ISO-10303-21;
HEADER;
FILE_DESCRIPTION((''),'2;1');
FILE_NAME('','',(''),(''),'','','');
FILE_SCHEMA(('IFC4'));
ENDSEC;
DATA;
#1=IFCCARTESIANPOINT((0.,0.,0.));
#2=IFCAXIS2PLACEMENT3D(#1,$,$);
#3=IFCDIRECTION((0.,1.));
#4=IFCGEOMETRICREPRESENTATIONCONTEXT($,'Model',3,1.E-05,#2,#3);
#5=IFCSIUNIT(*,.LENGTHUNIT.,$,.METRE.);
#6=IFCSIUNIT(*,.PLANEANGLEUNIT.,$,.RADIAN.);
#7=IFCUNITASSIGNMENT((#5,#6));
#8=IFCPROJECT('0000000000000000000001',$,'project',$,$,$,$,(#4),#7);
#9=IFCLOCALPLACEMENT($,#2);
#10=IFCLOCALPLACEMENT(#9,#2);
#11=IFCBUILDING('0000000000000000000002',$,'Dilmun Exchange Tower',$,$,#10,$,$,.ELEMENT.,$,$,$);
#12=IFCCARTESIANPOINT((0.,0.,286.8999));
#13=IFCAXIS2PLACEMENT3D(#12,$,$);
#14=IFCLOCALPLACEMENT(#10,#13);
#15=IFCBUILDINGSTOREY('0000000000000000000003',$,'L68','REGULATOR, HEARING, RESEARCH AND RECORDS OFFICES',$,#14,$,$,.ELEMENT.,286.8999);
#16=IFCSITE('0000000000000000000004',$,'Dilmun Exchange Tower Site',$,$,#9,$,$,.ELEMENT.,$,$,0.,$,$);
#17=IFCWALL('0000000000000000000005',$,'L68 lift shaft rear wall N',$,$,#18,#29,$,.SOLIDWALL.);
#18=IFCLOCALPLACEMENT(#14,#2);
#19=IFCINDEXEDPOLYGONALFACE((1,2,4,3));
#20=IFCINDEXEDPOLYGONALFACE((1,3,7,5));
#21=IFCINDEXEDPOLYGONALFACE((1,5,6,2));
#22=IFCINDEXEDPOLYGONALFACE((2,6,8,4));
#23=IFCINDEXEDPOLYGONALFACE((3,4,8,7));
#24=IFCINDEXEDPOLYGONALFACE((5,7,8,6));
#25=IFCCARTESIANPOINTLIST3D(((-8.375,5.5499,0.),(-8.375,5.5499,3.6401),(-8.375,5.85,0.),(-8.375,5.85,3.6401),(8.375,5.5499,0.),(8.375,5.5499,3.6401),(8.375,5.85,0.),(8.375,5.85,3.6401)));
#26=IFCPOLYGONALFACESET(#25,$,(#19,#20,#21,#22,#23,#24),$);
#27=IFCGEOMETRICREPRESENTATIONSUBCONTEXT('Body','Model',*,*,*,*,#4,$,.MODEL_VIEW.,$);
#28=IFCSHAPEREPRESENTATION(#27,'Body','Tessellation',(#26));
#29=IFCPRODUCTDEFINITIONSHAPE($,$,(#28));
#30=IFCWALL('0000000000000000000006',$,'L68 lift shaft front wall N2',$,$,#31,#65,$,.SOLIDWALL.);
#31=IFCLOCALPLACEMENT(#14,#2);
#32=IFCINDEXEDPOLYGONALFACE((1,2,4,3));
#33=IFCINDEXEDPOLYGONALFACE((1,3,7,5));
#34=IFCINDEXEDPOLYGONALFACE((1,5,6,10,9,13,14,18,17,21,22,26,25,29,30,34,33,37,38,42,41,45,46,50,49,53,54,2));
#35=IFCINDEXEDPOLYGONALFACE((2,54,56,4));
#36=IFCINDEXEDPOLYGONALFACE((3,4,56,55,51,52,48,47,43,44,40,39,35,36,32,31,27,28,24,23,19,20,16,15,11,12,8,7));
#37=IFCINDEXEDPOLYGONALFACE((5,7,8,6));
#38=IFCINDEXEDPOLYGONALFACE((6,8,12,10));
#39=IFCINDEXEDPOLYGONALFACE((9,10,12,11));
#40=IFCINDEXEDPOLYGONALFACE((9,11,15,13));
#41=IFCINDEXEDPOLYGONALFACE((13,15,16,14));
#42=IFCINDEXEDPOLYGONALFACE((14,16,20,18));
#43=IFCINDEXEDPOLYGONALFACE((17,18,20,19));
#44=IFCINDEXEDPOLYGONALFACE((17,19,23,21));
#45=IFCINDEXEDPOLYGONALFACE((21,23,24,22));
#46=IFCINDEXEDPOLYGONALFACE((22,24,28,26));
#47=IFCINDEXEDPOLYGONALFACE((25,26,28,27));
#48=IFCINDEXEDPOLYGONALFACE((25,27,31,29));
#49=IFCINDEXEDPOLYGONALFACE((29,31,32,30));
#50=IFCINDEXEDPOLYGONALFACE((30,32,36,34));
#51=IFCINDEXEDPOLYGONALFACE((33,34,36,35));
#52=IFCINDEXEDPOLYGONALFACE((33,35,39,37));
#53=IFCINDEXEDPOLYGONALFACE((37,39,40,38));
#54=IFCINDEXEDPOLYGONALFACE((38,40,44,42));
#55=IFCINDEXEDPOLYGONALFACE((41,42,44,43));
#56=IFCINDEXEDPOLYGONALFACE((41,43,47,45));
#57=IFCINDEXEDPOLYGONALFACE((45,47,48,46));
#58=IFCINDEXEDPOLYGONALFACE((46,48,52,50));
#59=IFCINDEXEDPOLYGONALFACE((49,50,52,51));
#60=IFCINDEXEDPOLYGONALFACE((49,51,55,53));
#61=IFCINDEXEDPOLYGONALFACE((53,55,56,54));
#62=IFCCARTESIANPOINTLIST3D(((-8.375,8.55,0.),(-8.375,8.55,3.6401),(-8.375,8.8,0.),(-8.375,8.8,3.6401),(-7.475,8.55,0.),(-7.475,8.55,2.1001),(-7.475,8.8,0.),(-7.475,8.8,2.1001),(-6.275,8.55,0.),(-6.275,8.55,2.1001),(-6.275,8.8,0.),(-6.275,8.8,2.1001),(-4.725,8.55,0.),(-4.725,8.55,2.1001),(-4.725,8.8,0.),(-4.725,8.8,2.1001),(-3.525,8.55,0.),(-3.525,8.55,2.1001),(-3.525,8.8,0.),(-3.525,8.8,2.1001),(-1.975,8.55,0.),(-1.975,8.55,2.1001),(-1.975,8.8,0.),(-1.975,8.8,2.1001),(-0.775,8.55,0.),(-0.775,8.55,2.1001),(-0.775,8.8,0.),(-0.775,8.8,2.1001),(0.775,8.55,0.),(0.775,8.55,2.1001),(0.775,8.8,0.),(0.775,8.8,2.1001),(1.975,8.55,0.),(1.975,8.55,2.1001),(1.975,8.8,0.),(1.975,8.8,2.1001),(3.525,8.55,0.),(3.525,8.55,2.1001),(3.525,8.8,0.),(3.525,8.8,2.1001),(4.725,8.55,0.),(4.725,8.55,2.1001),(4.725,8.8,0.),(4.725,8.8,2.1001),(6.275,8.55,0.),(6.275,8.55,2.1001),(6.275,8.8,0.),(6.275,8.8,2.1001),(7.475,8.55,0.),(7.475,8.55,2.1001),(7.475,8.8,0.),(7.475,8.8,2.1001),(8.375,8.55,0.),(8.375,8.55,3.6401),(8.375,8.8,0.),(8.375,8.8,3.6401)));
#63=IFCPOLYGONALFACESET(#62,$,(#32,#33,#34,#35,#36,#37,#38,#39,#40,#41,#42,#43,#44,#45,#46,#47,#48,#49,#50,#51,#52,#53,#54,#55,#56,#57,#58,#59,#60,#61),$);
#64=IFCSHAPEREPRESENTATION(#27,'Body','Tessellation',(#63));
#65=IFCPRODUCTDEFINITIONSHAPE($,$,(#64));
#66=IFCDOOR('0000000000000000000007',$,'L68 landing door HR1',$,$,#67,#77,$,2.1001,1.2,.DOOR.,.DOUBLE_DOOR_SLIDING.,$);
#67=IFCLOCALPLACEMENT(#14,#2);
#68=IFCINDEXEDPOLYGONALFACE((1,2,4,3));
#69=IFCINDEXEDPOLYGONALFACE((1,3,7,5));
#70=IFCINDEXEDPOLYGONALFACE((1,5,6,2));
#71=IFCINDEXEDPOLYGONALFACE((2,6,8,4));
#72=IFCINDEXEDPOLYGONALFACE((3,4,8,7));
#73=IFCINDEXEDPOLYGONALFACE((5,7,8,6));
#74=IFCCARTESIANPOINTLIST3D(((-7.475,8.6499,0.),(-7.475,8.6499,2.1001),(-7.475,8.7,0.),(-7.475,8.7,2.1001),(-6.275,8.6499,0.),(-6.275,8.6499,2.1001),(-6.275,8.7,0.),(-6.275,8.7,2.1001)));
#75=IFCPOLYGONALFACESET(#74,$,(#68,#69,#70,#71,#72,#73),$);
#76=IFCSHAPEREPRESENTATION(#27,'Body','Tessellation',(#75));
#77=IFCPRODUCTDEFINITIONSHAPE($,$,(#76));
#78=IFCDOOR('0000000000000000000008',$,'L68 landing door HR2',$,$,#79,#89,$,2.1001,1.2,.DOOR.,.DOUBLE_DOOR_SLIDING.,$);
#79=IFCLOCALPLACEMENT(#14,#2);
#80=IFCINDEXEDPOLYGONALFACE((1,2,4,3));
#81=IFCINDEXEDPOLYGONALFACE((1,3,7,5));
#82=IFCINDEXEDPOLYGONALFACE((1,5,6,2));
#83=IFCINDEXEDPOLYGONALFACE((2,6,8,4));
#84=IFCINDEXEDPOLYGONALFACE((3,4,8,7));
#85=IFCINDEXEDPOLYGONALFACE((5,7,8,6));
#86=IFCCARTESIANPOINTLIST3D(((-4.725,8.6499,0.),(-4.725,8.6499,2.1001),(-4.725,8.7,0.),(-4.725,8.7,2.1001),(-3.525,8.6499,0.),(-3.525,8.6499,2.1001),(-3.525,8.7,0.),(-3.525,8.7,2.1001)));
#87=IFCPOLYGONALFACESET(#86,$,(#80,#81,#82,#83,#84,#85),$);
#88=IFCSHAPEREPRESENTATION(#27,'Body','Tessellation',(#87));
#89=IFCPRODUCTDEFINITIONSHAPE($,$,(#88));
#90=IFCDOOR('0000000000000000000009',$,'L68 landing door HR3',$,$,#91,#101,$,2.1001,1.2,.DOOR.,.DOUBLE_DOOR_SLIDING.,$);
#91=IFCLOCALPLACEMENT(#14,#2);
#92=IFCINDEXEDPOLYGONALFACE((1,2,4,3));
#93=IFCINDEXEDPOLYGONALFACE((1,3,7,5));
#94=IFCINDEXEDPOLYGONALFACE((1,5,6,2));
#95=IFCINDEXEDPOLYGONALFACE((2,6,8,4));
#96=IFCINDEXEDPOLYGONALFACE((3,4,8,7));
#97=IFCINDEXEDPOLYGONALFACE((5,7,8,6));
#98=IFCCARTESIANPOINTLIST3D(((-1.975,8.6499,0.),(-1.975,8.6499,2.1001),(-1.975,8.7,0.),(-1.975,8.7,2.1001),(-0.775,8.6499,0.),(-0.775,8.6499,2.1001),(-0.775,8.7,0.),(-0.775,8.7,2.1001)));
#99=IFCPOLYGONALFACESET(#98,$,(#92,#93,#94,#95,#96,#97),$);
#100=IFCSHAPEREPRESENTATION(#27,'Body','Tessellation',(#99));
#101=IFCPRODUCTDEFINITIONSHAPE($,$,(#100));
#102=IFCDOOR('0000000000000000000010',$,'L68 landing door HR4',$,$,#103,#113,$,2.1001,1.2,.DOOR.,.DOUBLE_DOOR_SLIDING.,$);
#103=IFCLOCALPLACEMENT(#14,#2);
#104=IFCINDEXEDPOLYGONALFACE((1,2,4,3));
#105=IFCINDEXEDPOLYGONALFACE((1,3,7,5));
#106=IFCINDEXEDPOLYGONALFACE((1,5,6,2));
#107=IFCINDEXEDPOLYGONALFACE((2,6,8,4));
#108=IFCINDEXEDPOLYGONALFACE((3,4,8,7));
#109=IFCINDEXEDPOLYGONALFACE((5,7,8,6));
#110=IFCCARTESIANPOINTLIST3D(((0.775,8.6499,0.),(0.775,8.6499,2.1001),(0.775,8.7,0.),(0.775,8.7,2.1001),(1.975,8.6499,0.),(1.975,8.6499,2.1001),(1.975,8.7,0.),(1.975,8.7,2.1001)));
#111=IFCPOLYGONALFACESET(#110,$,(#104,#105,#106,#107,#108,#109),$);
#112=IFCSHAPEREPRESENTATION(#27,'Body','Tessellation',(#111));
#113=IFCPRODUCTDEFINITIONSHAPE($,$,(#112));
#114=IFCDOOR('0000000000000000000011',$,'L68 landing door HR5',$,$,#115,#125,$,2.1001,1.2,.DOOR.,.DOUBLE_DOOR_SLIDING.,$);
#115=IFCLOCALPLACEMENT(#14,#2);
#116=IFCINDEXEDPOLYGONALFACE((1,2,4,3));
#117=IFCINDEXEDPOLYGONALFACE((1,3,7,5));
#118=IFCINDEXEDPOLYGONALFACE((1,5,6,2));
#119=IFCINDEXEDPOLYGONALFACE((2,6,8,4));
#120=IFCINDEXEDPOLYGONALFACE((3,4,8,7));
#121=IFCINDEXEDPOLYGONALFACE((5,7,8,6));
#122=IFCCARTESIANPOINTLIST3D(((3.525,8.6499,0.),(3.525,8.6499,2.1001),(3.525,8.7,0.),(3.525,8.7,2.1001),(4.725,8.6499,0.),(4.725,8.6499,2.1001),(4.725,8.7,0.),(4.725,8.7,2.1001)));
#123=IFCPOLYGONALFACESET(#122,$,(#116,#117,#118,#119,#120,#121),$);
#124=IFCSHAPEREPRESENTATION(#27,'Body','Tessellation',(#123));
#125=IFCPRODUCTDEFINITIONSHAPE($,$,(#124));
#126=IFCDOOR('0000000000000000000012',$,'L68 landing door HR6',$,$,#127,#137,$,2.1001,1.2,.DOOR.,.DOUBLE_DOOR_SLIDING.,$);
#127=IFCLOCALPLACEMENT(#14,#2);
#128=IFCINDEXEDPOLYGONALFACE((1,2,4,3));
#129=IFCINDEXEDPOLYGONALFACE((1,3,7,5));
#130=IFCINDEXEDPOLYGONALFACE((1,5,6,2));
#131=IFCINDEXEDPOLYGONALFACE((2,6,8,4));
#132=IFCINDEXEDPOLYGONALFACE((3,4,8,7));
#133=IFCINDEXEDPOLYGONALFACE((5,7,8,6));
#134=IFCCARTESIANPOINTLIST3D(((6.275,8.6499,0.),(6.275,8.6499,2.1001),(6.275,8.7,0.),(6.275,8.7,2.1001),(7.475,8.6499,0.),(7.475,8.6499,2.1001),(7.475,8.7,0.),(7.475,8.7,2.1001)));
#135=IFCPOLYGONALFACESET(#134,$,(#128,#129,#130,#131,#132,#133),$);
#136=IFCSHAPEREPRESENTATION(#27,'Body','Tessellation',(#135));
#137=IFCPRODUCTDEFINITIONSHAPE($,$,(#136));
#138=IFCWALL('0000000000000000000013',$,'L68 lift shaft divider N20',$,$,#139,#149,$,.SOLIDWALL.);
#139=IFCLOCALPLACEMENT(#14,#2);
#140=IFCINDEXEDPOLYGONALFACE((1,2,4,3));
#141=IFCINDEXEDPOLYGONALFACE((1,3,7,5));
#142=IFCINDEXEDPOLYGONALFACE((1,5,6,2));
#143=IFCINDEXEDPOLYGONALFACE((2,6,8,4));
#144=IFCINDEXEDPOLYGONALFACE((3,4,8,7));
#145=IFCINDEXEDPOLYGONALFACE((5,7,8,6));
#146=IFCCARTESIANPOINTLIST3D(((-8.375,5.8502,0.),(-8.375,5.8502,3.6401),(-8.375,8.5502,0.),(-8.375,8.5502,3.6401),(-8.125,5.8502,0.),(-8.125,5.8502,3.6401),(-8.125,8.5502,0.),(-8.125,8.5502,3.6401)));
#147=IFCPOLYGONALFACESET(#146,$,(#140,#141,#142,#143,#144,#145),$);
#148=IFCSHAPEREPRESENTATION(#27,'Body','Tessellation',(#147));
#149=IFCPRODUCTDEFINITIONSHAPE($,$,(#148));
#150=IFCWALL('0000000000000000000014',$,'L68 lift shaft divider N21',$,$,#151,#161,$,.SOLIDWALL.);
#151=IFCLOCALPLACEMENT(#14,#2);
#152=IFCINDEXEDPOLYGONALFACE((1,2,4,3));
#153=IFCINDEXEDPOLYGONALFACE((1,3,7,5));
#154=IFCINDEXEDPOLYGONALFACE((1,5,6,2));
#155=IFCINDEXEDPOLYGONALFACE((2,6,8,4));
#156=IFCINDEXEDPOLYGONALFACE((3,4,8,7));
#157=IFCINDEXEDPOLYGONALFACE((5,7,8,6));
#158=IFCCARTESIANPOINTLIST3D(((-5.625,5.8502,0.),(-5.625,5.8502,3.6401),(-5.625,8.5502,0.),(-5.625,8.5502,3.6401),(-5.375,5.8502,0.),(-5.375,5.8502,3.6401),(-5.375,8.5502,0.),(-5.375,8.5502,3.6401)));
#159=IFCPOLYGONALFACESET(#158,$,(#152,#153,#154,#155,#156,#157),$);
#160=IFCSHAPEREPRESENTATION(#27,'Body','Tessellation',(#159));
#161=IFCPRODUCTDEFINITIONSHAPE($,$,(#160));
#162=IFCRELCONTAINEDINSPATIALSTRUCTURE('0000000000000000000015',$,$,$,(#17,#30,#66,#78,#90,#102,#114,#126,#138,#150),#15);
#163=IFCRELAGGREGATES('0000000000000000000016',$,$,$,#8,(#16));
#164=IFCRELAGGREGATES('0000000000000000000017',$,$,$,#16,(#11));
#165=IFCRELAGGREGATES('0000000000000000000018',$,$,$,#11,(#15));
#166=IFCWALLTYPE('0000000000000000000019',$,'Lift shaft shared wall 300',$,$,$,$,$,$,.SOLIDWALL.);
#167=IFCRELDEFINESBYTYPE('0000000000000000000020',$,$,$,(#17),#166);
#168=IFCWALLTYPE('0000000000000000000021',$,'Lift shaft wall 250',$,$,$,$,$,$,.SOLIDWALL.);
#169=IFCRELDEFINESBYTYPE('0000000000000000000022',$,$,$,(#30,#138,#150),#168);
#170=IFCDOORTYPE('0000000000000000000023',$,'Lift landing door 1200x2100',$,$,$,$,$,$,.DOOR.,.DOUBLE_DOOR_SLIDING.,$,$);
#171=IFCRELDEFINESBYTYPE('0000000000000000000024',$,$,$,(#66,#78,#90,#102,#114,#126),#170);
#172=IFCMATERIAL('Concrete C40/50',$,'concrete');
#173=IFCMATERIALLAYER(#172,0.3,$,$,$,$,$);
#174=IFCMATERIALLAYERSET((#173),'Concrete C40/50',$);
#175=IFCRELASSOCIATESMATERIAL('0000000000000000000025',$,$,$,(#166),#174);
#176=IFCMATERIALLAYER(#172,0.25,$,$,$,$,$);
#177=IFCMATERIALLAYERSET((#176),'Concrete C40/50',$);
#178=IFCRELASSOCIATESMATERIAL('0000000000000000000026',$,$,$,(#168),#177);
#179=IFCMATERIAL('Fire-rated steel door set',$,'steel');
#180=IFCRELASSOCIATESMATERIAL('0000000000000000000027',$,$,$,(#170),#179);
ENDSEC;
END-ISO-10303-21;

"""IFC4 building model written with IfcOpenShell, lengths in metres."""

from ifc_helpers import new_model, si_unit, direction, frame, frame_2d, origin, place, context, subcontext, project, spatial, rectangle, extrude, material, layer, layer_set, type_object, element, fill, save


model = new_model("IFC4")

# Units and contexts
model_context = context("Model", 3, precision=1e-05, world=origin(), true_north=direction((0.0, 1.0)))
body_context = subcontext(model_context, "Body", "Model", "MODEL_VIEW")
ifc_project = project(units=[si_unit("LENGTHUNIT", "METRE"), si_unit("PLANEANGLEUNIT", "RADIAN")], contexts=[model_context])

# Site, building, storey
site_placement = place(None, origin())
site = spatial("IfcSite", under=ifc_project, at=site_placement, Name="Dilmun Exchange Tower Site", CompositionType="ELEMENT", RefElevation=0.0)
building_placement = place(site_placement, origin())
building = spatial("IfcBuilding", under=site, at=building_placement, Name="Dilmun Exchange Tower", CompositionType="ELEMENT")
storey_placement = place(building_placement, frame((0.0, 0.0, 286.8999)))
storey = spatial("IfcBuildingStorey", under=building, at=storey_placement, Name="L68", Description="REGULATOR, HEARING, RESEARCH AND RECORDS OFFICES", CompositionType="ELEMENT", Elevation=286.8999)

# Shared definitions
ifc_material_1 = material(Name="Concrete C40/50", Category="concrete")

# Shared definitions
ifc_material_2 = material(Name="Fire-rated steel door set", Category="steel")

# Wall
ifc_layer_1 = layer(ifc_material_1, 0.3)
ifc_layer_set_1 = layer_set([ifc_layer_1], Name="Concrete C40/50")
wall_type_1 = type_object("IfcWallType", Name="Lift shaft shared wall 300", PredefinedType="SOLIDWALL", material=ifc_layer_set_1)
wall_1_placement = place(storey_placement, frame((-8.375, 5.7, 0.0), z_axis=(0.0, 0.0, 1.0), x_axis=(1.0, 0.0, 0.0)))
element("IfcWall", 1, at=wall_1_placement, inside=storey, type_object=wall_type_1, Name="L68 lift shaft rear wall N", PredefinedType="SOLIDWALL", context=body_context, shape_type="SweptSolid", body=[
    extrude(rectangle(XDim=16.75, YDim=0.3, at=frame_2d((8.375, 0.0))), origin(), (0.0, 0.0, 1.0), 3.6401),
])

# Wall, openings, doors
ifc_layer_2 = layer(ifc_material_1, 0.25)
ifc_layer_set_2 = layer_set([ifc_layer_2], Name="Concrete C40/50")
wall_type_2 = type_object("IfcWallType", Name="Lift shaft wall 250", PredefinedType="SOLIDWALL", material=ifc_layer_set_2)
wall_2_placement = place(storey_placement, frame((-8.375, 8.675, 0.0), z_axis=(0.0, 0.0, 1.0), x_axis=(1.0, 0.0, 0.0)))
wall_2 = element("IfcWall", 2, at=wall_2_placement, inside=storey, type_object=wall_type_2, Name="L68 lift shaft front wall N2", PredefinedType="SOLIDWALL", context=body_context, shape_type="SweptSolid", body=[
    extrude(rectangle(XDim=16.75, YDim=0.25, at=frame_2d((8.375, 0.0))), origin(), (0.0, 0.0, 1.0), 3.6401),
])
opening_1_placement = place(wall_2_placement, frame((0.8999, 0.0, 0.0)))
opening_1 = element("IfcOpeningElement", 3, at=opening_1_placement, cuts=wall_2, PredefinedType="OPENING", context=body_context, shape_type="SweptSolid", body=[
    extrude(rectangle(XDim=1.2, YDim=2.1001, at=frame_2d((0.6001, 1.05))), frame((0.0, 0.135, 0.0), z_axis=(0.0, -1.0, 0.0), x_axis=(1.0, 0.0, 0.0)), (0.0, 0.0, 1.0), 0.27),
])
opening_2_placement = place(wall_2_placement, frame((3.6499, 0.0, 0.0)))
opening_2 = element("IfcOpeningElement", 4, at=opening_2_placement, cuts=wall_2, PredefinedType="OPENING", context=body_context, shape_type="SweptSolid", body=[
    extrude(rectangle(XDim=1.2, YDim=2.1001, at=frame_2d((0.6001, 1.05))), frame((0.0, 0.135, 0.0), z_axis=(0.0, -1.0, 0.0), x_axis=(1.0, 0.0, 0.0)), (0.0, 0.0, 1.0), 0.27),
])
opening_3_placement = place(wall_2_placement, frame((6.3999, 0.0, 0.0)))
opening_3 = element("IfcOpeningElement", 5, at=opening_3_placement, cuts=wall_2, PredefinedType="OPENING", context=body_context, shape_type="SweptSolid", body=[
    extrude(rectangle(XDim=1.2, YDim=2.1001, at=frame_2d((0.6001, 1.05))), frame((0.0, 0.135, 0.0), z_axis=(0.0, -1.0, 0.0), x_axis=(1.0, 0.0, 0.0)), (0.0, 0.0, 1.0), 0.27),
])
opening_4_placement = place(wall_2_placement, frame((9.1499, 0.0, 0.0)))
opening_4 = element("IfcOpeningElement", 6, at=opening_4_placement, cuts=wall_2, PredefinedType="OPENING", context=body_context, shape_type="SweptSolid", body=[
    extrude(rectangle(XDim=1.2, YDim=2.1001, at=frame_2d((0.6001, 1.05))), frame((0.0, 0.135, 0.0), z_axis=(0.0, -1.0, 0.0), x_axis=(1.0, 0.0, 0.0)), (0.0, 0.0, 1.0), 0.27),
])
opening_5_placement = place(wall_2_placement, frame((11.8999, 0.0, 0.0)))
opening_5 = element("IfcOpeningElement", 7, at=opening_5_placement, cuts=wall_2, PredefinedType="OPENING", context=body_context, shape_type="SweptSolid", body=[
    extrude(rectangle(XDim=1.2, YDim=2.1001, at=frame_2d((0.6001, 1.05))), frame((0.0, 0.135, 0.0), z_axis=(0.0, -1.0, 0.0), x_axis=(1.0, 0.0, 0.0)), (0.0, 0.0, 1.0), 0.27),
])
opening_6_placement = place(wall_2_placement, frame((14.6499, 0.0, 0.0)))
opening_6 = element("IfcOpeningElement", 8, at=opening_6_placement, cuts=wall_2, PredefinedType="OPENING", context=body_context, shape_type="SweptSolid", body=[
    extrude(rectangle(XDim=1.2, YDim=2.1001, at=frame_2d((0.6001, 1.05))), frame((0.0, 0.135, 0.0), z_axis=(0.0, -1.0, 0.0), x_axis=(1.0, 0.0, 0.0)), (0.0, 0.0, 1.0), 0.27),
])
door_type_1 = type_object("IfcDoorType", Name="Lift landing door 1200x2100", OperationType="DOUBLE_DOOR_SLIDING", PredefinedType="DOOR", material=ifc_material_2)
door_1_placement = place(opening_1_placement, origin())
door_1 = element("IfcDoor", 9, at=door_1_placement, inside=storey, type_object=door_type_1, Name="L68 landing door HR1", OperationType="DOUBLE_DOOR_SLIDING", OverallHeight=2.1001, OverallWidth=1.2, PredefinedType="DOOR", context=body_context, shape_type="SweptSolid", body=[
    extrude(rectangle(XDim=1.2, YDim=2.1001, at=frame_2d((0.6001, 1.05))), frame((0.0, 0.0249, 0.0), z_axis=(0.0, -1.0, 0.0), x_axis=(1.0, 0.0, 0.0)), (0.0, 0.0, 1.0), 0.05),
])
fill(opening_1, door_1)
door_2_placement = place(opening_2_placement, origin())
door_2 = element("IfcDoor", 10, at=door_2_placement, inside=storey, type_object=door_type_1, Name="L68 landing door HR2", OperationType="DOUBLE_DOOR_SLIDING", OverallHeight=2.1001, OverallWidth=1.2, PredefinedType="DOOR", context=body_context, shape_type="SweptSolid", body=[
    extrude(rectangle(XDim=1.2, YDim=2.1001, at=frame_2d((0.6001, 1.05))), frame((0.0, 0.0249, 0.0), z_axis=(0.0, -1.0, 0.0), x_axis=(1.0, 0.0, 0.0)), (0.0, 0.0, 1.0), 0.05),
])
fill(opening_2, door_2)
door_3_placement = place(opening_3_placement, origin())
door_3 = element("IfcDoor", 11, at=door_3_placement, inside=storey, type_object=door_type_1, Name="L68 landing door HR3", OperationType="DOUBLE_DOOR_SLIDING", OverallHeight=2.1001, OverallWidth=1.2, PredefinedType="DOOR", context=body_context, shape_type="SweptSolid", body=[
    extrude(rectangle(XDim=1.2, YDim=2.1001, at=frame_2d((0.6001, 1.05))), frame((0.0, 0.0249, 0.0), z_axis=(0.0, -1.0, 0.0), x_axis=(1.0, 0.0, 0.0)), (0.0, 0.0, 1.0), 0.05),
])
fill(opening_3, door_3)
door_4_placement = place(opening_4_placement, origin())
door_4 = element("IfcDoor", 12, at=door_4_placement, inside=storey, type_object=door_type_1, Name="L68 landing door HR4", OperationType="DOUBLE_DOOR_SLIDING", OverallHeight=2.1001, OverallWidth=1.2, PredefinedType="DOOR", context=body_context, shape_type="SweptSolid", body=[
    extrude(rectangle(XDim=1.2, YDim=2.1001, at=frame_2d((0.6001, 1.05))), frame((0.0, 0.0249, 0.0), z_axis=(0.0, -1.0, 0.0), x_axis=(1.0, 0.0, 0.0)), (0.0, 0.0, 1.0), 0.05),
])
fill(opening_4, door_4)
door_5_placement = place(opening_5_placement, origin())
door_5 = element("IfcDoor", 13, at=door_5_placement, inside=storey, type_object=door_type_1, Name="L68 landing door HR5", OperationType="DOUBLE_DOOR_SLIDING", OverallHeight=2.1001, OverallWidth=1.2, PredefinedType="DOOR", context=body_context, shape_type="SweptSolid", body=[
    extrude(rectangle(XDim=1.2, YDim=2.1001, at=frame_2d((0.6001, 1.05))), frame((0.0, 0.0249, 0.0), z_axis=(0.0, -1.0, 0.0), x_axis=(1.0, 0.0, 0.0)), (0.0, 0.0, 1.0), 0.05),
])
fill(opening_5, door_5)
door_6_placement = place(opening_6_placement, origin())
door_6 = element("IfcDoor", 14, at=door_6_placement, inside=storey, type_object=door_type_1, Name="L68 landing door HR6", OperationType="DOUBLE_DOOR_SLIDING", OverallHeight=2.1001, OverallWidth=1.2, PredefinedType="DOOR", context=body_context, shape_type="SweptSolid", body=[
    extrude(rectangle(XDim=1.2, YDim=2.1001, at=frame_2d((0.6001, 1.05))), frame((0.0, 0.0249, 0.0), z_axis=(0.0, -1.0, 0.0), x_axis=(1.0, 0.0, 0.0)), (0.0, 0.0, 1.0), 0.05),
])
fill(opening_6, door_6)

# Walls
for number, where, z_axis, x_axis, name in (
    (15, (-8.25, 5.8501, 0.0), (0.0, 0.0, 1.0), (0.0, 1.0, 0.0), "L68 lift shaft divider N20"),
    (16, (-5.5, 5.8501, 0.0), (0.0, 0.0, 1.0), (0.0, 1.0, 0.0), "L68 lift shaft divider N21"),
):
    element("IfcWall", number, at=place(storey_placement, frame(where, z_axis=z_axis, x_axis=x_axis)), inside=storey, type_object=wall_type_2, Name=name, PredefinedType="SOLIDWALL", context=body_context, shape_type="SweptSolid", body=[
        extrude(rectangle(XDim=2.7, YDim=0.25, at=frame_2d((1.3501, 0.0))), origin(), (0.0, 0.0, 1.0), 3.6401),
    ])

save(model, "model.ifc")
